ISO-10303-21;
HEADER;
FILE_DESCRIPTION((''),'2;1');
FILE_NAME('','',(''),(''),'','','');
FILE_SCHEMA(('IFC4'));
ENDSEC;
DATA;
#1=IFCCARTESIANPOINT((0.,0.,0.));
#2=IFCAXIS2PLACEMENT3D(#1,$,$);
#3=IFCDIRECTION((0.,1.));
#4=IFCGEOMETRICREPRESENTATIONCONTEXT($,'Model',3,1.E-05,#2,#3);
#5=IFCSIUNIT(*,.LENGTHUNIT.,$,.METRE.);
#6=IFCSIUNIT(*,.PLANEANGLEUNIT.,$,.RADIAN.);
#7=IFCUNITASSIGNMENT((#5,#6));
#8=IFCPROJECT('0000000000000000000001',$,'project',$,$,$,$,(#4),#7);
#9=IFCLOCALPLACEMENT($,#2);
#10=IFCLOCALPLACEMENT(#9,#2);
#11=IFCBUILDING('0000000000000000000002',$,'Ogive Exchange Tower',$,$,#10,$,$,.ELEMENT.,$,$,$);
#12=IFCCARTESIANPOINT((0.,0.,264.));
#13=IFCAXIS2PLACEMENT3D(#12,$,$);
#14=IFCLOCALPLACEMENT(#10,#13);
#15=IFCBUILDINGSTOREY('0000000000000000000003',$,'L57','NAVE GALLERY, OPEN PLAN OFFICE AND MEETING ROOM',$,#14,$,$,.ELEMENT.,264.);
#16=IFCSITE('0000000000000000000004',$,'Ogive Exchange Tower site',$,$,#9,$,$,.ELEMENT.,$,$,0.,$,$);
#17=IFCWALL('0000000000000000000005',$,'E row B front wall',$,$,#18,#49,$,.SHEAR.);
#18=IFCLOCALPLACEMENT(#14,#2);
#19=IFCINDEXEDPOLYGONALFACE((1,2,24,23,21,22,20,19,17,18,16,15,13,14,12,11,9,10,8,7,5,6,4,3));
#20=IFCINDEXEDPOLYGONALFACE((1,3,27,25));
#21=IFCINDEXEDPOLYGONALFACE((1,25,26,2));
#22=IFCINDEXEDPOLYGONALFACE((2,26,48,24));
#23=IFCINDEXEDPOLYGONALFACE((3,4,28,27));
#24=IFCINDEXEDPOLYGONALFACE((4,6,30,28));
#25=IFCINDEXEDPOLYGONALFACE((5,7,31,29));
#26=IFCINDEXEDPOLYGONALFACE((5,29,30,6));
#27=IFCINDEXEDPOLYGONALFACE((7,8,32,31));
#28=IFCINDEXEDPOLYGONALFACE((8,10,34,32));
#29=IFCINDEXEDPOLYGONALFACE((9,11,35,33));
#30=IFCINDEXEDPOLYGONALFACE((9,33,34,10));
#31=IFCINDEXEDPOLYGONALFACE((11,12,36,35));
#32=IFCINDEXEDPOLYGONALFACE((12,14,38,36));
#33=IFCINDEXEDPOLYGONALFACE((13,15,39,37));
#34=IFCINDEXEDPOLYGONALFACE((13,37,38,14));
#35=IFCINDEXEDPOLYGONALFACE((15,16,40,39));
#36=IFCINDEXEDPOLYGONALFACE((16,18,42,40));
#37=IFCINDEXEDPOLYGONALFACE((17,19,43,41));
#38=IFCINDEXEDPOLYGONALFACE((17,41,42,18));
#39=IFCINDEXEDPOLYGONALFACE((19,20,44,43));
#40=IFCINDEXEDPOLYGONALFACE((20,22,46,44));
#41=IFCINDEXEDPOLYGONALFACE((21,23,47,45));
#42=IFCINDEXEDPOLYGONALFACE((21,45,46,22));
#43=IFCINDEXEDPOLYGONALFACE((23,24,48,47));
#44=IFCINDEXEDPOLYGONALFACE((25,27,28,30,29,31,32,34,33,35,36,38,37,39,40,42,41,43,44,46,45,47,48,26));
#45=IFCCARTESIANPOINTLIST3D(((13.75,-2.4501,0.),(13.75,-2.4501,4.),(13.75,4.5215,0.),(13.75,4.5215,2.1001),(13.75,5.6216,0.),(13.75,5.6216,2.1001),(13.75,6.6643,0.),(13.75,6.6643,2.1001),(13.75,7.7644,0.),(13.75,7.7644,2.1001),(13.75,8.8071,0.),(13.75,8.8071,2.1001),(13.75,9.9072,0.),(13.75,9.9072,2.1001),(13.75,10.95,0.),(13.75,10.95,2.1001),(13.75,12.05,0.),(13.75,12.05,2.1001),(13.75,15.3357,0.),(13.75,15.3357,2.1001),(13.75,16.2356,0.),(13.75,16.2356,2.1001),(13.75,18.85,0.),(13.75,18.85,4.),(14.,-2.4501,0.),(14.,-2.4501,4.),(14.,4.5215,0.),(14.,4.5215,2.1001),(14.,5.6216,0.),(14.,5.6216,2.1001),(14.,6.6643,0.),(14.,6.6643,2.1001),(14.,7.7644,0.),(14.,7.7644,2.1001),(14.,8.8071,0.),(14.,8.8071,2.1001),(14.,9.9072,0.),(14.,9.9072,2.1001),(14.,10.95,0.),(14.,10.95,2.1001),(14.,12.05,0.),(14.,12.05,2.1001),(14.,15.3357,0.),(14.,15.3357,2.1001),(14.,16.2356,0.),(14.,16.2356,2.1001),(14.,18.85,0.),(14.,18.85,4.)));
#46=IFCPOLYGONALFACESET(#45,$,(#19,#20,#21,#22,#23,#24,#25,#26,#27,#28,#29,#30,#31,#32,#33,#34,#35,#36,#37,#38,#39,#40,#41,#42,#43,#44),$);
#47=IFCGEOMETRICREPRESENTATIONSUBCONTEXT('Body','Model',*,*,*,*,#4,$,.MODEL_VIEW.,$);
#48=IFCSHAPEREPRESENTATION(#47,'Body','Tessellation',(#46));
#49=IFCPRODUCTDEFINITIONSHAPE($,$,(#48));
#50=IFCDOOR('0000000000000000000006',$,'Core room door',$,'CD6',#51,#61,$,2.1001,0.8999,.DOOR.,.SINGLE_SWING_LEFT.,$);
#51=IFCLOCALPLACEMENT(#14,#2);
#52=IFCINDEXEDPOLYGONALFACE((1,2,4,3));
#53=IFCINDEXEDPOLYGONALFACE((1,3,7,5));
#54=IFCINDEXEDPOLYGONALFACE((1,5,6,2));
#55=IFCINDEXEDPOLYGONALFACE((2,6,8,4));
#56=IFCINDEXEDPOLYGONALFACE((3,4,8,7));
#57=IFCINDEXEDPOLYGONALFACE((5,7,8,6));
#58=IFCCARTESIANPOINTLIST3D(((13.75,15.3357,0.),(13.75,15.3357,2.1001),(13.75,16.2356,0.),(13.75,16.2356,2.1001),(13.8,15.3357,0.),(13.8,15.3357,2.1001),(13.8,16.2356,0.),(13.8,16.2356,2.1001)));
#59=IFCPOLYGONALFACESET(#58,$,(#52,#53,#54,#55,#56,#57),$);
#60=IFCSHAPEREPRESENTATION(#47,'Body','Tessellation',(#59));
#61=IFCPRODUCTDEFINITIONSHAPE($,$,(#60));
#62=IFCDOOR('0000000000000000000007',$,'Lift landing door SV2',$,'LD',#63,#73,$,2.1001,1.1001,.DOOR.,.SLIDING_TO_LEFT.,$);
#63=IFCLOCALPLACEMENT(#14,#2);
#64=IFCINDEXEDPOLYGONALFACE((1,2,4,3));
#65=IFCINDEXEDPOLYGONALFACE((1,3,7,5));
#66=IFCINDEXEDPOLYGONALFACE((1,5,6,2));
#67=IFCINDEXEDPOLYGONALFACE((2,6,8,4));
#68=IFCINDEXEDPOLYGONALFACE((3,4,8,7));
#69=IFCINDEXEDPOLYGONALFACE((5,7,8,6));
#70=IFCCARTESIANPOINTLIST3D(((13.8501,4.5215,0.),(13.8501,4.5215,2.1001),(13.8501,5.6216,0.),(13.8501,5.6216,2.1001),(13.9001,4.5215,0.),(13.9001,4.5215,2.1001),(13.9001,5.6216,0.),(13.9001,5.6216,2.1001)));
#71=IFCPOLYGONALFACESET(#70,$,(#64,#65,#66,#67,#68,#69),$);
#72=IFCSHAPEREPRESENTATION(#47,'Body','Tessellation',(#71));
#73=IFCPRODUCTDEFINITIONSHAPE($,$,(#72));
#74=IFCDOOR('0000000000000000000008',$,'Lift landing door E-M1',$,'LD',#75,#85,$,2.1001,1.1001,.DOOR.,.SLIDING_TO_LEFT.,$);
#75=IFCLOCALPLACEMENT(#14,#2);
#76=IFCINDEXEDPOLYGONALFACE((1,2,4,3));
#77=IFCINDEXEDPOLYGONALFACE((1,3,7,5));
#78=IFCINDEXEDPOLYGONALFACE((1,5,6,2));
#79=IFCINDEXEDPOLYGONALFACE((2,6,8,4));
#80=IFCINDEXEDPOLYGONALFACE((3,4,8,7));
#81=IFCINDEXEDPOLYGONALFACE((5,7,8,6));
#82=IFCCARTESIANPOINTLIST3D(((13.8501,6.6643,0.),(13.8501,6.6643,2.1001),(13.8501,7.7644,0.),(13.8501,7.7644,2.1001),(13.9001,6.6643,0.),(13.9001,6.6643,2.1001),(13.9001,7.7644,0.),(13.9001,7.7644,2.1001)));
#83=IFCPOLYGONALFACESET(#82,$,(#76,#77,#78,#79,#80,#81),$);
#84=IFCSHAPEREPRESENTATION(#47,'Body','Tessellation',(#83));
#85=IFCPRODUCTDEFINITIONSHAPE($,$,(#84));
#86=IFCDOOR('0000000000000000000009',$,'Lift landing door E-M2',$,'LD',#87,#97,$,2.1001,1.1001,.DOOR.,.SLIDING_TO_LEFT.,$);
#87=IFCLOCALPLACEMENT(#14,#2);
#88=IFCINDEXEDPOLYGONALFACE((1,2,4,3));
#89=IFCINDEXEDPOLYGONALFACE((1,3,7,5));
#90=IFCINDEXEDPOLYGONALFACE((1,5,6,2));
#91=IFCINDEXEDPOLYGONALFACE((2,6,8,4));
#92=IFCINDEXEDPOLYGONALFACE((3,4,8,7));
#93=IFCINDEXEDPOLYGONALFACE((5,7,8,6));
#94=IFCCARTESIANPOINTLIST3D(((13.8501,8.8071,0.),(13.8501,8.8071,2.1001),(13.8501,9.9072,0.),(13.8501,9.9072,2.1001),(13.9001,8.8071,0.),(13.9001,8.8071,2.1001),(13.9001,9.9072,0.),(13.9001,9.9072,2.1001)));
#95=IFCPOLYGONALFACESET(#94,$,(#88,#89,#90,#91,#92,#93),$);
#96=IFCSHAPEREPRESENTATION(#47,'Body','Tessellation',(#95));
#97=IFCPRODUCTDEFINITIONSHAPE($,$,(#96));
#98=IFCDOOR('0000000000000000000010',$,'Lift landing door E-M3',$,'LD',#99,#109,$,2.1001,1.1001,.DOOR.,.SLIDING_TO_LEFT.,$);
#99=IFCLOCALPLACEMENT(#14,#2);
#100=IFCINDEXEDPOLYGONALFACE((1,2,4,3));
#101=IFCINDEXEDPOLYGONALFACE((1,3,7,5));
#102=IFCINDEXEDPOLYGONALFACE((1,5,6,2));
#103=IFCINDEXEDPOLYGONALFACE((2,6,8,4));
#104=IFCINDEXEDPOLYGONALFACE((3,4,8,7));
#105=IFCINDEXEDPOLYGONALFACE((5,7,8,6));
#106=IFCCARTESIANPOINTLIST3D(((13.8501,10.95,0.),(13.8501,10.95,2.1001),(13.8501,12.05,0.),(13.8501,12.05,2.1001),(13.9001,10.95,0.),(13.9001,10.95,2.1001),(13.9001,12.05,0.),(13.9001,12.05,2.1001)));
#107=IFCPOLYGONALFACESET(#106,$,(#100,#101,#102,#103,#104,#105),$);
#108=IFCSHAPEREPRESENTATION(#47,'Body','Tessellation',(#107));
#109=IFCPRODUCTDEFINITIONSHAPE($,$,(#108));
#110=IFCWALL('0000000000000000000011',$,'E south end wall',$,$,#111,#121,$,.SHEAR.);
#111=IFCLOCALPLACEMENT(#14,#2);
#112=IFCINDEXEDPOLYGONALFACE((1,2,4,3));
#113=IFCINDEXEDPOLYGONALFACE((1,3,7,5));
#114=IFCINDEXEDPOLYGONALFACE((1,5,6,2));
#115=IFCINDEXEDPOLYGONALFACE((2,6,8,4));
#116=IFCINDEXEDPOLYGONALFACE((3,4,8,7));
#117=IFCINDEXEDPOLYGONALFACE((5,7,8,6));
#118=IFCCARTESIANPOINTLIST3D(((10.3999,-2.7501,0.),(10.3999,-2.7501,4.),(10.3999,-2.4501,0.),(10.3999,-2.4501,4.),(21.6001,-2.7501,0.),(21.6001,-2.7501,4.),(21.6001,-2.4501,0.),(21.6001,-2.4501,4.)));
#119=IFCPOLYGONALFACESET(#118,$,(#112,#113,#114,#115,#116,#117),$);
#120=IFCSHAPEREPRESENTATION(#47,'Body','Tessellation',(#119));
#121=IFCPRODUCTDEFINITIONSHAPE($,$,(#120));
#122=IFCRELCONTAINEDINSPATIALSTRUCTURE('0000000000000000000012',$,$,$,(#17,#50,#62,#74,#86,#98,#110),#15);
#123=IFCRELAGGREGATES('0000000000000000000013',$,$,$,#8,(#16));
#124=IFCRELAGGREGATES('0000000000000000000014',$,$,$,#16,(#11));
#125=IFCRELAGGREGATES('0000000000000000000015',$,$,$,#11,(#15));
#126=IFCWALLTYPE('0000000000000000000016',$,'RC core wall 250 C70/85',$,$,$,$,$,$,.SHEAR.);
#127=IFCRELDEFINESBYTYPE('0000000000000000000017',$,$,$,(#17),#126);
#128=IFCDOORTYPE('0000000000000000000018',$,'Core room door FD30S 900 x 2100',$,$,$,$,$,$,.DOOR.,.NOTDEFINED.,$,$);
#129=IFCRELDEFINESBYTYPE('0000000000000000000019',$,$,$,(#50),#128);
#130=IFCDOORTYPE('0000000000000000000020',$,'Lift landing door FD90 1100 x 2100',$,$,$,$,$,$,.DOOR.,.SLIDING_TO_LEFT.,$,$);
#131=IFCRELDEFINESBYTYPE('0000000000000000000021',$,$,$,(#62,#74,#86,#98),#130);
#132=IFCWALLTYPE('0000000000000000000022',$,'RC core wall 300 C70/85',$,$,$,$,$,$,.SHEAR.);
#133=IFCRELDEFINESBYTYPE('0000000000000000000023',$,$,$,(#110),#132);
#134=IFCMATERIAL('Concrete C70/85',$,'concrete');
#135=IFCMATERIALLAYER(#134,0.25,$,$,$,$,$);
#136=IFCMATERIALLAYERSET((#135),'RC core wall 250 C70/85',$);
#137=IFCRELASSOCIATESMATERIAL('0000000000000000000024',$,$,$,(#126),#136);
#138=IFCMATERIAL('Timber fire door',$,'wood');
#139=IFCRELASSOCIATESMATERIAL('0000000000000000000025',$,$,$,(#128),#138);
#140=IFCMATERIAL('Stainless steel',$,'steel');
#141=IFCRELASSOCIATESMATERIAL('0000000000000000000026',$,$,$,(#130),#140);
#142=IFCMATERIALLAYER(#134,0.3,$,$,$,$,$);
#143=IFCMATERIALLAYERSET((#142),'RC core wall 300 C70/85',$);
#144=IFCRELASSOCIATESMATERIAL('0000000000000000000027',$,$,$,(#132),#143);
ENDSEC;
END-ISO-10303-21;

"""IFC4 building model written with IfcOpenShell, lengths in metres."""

from ifc_helpers import new_model, si_unit, direction, frame, frame_2d, origin, place, context, subcontext, project, spatial, rectangle, extrude, material, layer, layer_set, type_object, element, fill, save


model = new_model("IFC4")

# Units and contexts
model_context = context("Model", 3, precision=1e-05, world=origin(), true_north=direction((0.0, 1.0)))
body_context = subcontext(model_context, "Body", "Model", "MODEL_VIEW")
ifc_project = project(units=[si_unit("LENGTHUNIT", "METRE"), si_unit("PLANEANGLEUNIT", "RADIAN")], contexts=[model_context])

# Site, building, storey
site_placement = place(None, origin())
site = spatial("IfcSite", under=ifc_project, at=site_placement, Name="Ogive Exchange Tower site", CompositionType="ELEMENT", RefElevation=0.0)
building_placement = place(site_placement, origin())
building = spatial("IfcBuilding", under=site, at=building_placement, Name="Ogive Exchange Tower", CompositionType="ELEMENT")
storey_placement = place(building_placement, frame((0.0, 0.0, 264.0)))
storey = spatial("IfcBuildingStorey", under=building, at=storey_placement, Name="L57", Description="NAVE GALLERY, OPEN PLAN OFFICE AND MEETING ROOM", CompositionType="ELEMENT", Elevation=264.0)

# Wall, openings, doors
ifc_material_1 = material(Name="Concrete C70/85", Category="concrete")
ifc_layer_1 = layer(ifc_material_1, 0.25)
ifc_layer_set_1 = layer_set([ifc_layer_1], Name="RC core wall 250 C70/85")
wall_type_1 = type_object("IfcWallType", Name="RC core wall 250 C70/85", PredefinedType="SHEAR", material=ifc_layer_set_1)
wall_1_placement = place(storey_placement, frame((13.875, -2.45, 0.0), z_axis=(0.0, 0.0, 1.0), x_axis=(0.0, 1.0, 0.0)))
wall_1 = element("IfcWall", 1, at=wall_1_placement, inside=storey, type_object=wall_type_1, Name="E row B front wall", PredefinedType="SHEAR", context=body_context, shape_type="SweptSolid", body=[
    extrude(rectangle(XDim=21.3, YDim=0.25, at=frame_2d((10.6499, 0.0))), origin(), (0.0, 0.0, 1.0), 4.0),
])
opening_1_placement = place(wall_1_placement, frame((17.7856, 0.0, 0.0)))
opening_1 = element("IfcOpeningElement", 2, at=opening_1_placement, cuts=wall_1, PredefinedType="OPENING", context=body_context, shape_type="SweptSolid", body=[
    extrude(rectangle(XDim=0.8999, YDim=2.1001, at=frame_2d((0.45, 1.05))), frame((0.0, 0.135, 0.0), z_axis=(0.0, -1.0, 0.0), x_axis=(1.0, 0.0, 0.0)), (0.0, 0.0, 1.0), 0.27),
])
opening_2_placement = place(wall_1_placement, frame((6.9714, 0.0, 0.0)))
opening_2 = element("IfcOpeningElement", 3, at=opening_2_placement, cuts=wall_1, PredefinedType="OPENING", context=body_context, shape_type="SweptSolid", body=[
    extrude(rectangle(XDim=1.1001, YDim=2.1001, at=frame_2d((0.55, 1.05))), frame((0.0, 0.135, 0.0), z_axis=(0.0, -1.0, 0.0), x_axis=(1.0, 0.0, 0.0)), (0.0, 0.0, 1.0), 0.27),
])
opening_3_placement = place(wall_1_placement, frame((9.1143, 0.0, 0.0)))
opening_3 = element("IfcOpeningElement", 4, at=opening_3_placement, cuts=wall_1, PredefinedType="OPENING", context=body_context, shape_type="SweptSolid", body=[
    extrude(rectangle(XDim=1.1001, YDim=2.1001, at=frame_2d((0.55, 1.05))), frame((0.0, 0.135, 0.0), z_axis=(0.0, -1.0, 0.0), x_axis=(1.0, 0.0, 0.0)), (0.0, 0.0, 1.0), 0.27),
])
opening_4_placement = place(wall_1_placement, frame((11.2571, 0.0, 0.0)))
opening_4 = element("IfcOpeningElement", 5, at=opening_4_placement, cuts=wall_1, PredefinedType="OPENING", context=body_context, shape_type="SweptSolid", body=[
    extrude(rectangle(XDim=1.1001, YDim=2.1001, at=frame_2d((0.55, 1.05))), frame((0.0, 0.135, 0.0), z_axis=(0.0, -1.0, 0.0), x_axis=(1.0, 0.0, 0.0)), (0.0, 0.0, 1.0), 0.27),
])
opening_5_placement = place(wall_1_placement, frame((13.3999, 0.0, 0.0)))
opening_5 = element("IfcOpeningElement", 6, at=opening_5_placement, cuts=wall_1, PredefinedType="OPENING", context=body_context, shape_type="SweptSolid", body=[
    extrude(rectangle(XDim=1.1001, YDim=2.1001, at=frame_2d((0.55, 1.05))), frame((0.0, 0.135, 0.0), z_axis=(0.0, -1.0, 0.0), x_axis=(1.0, 0.0, 0.0)), (0.0, 0.0, 1.0), 0.27),
])
ifc_material_2 = material(Name="Timber fire door", Category="wood")
door_type_1 = type_object("IfcDoorType", Name="Core room door FD30S 900 x 2100", OperationType="NOTDEFINED", PredefinedType="DOOR", material=ifc_material_2)
door_1_placement = place(opening_1_placement, origin())
door_1 = element("IfcDoor", 7, at=door_1_placement, inside=storey, type_object=door_type_1, Name="Core room door", ObjectType="CD6", OperationType="SINGLE_SWING_LEFT", OverallHeight=2.1001, OverallWidth=0.8999, PredefinedType="DOOR", context=body_context, shape_type="SweptSolid", body=[
    extrude(rectangle(XDim=0.8999, YDim=2.1001, at=frame_2d((0.45, 1.05))), frame((0.0, 0.125, 0.0), z_axis=(0.0, -1.0, 0.0), x_axis=(1.0, 0.0, 0.0)), (0.0, 0.0, 1.0), 0.05),
])
fill(opening_1, door_1)
ifc_material_3 = material(Name="Stainless steel", Category="steel")
door_type_2 = type_object("IfcDoorType", Name="Lift landing door FD90 1100 x 2100", OperationType="SLIDING_TO_LEFT", PredefinedType="DOOR", material=ifc_material_3)
door_2_placement = place(opening_2_placement, origin())
door_2 = element("IfcDoor", 8, at=door_2_placement, inside=storey, type_object=door_type_2, Name="Lift landing door SV2", ObjectType="LD", OperationType="SLIDING_TO_LEFT", OverallHeight=2.1001, OverallWidth=1.1001, PredefinedType="DOOR", context=body_context, shape_type="SweptSolid", body=[
    extrude(rectangle(XDim=1.1001, YDim=2.1001, at=frame_2d((0.55, 1.05))), frame((0.0, 0.0249, 0.0), z_axis=(0.0, -1.0, 0.0), x_axis=(1.0, 0.0, 0.0)), (0.0, 0.0, 1.0), 0.05),
])
fill(opening_2, door_2)
door_3_placement = place(opening_3_placement, origin())
door_3 = element("IfcDoor", 9, at=door_3_placement, inside=storey, type_object=door_type_2, Name="Lift landing door E-M1", ObjectType="LD", OperationType="SLIDING_TO_LEFT", OverallHeight=2.1001, OverallWidth=1.1001, PredefinedType="DOOR", context=body_context, shape_type="SweptSolid", body=[
    extrude(rectangle(XDim=1.1001, YDim=2.1001, at=frame_2d((0.55, 1.05))), frame((0.0, 0.0249, 0.0), z_axis=(0.0, -1.0, 0.0), x_axis=(1.0, 0.0, 0.0)), (0.0, 0.0, 1.0), 0.05),
])
fill(opening_3, door_3)
door_4_placement = place(opening_4_placement, origin())
door_4 = element("IfcDoor", 10, at=door_4_placement, inside=storey, type_object=door_type_2, Name="Lift landing door E-M2", ObjectType="LD", OperationType="SLIDING_TO_LEFT", OverallHeight=2.1001, OverallWidth=1.1001, PredefinedType="DOOR", context=body_context, shape_type="SweptSolid", body=[
    extrude(rectangle(XDim=1.1001, YDim=2.1001, at=frame_2d((0.55, 1.05))), frame((0.0, 0.0249, 0.0), z_axis=(0.0, -1.0, 0.0), x_axis=(1.0, 0.0, 0.0)), (0.0, 0.0, 1.0), 0.05),
])
fill(opening_4, door_4)
door_5_placement = place(opening_5_placement, origin())
door_5 = element("IfcDoor", 11, at=door_5_placement, inside=storey, type_object=door_type_2, Name="Lift landing door E-M3", ObjectType="LD", OperationType="SLIDING_TO_LEFT", OverallHeight=2.1001, OverallWidth=1.1001, PredefinedType="DOOR", context=body_context, shape_type="SweptSolid", body=[
    extrude(rectangle(XDim=1.1001, YDim=2.1001, at=frame_2d((0.55, 1.05))), frame((0.0, 0.0249, 0.0), z_axis=(0.0, -1.0, 0.0), x_axis=(1.0, 0.0, 0.0)), (0.0, 0.0, 1.0), 0.05),
])
fill(opening_5, door_5)

# Wall
ifc_layer_2 = layer(ifc_material_1, 0.3)
ifc_layer_set_2 = layer_set([ifc_layer_2], Name="RC core wall 300 C70/85")
wall_type_2 = type_object("IfcWallType", Name="RC core wall 300 C70/85", PredefinedType="SHEAR", material=ifc_layer_set_2)
wall_2_placement = place(storey_placement, frame((10.3999, -2.6001, 0.0), z_axis=(0.0, 0.0, 1.0), x_axis=(1.0, 0.0, 0.0)))
element("IfcWall", 12, at=wall_2_placement, inside=storey, type_object=wall_type_2, Name="E south end wall", PredefinedType="SHEAR", context=body_context, shape_type="SweptSolid", body=[
    extrude(rectangle(XDim=11.2002, YDim=0.3, at=frame_2d((5.6001, 0.0))), origin(), (0.0, 0.0, 1.0), 4.0),
])

save(model, "model.ifc")
